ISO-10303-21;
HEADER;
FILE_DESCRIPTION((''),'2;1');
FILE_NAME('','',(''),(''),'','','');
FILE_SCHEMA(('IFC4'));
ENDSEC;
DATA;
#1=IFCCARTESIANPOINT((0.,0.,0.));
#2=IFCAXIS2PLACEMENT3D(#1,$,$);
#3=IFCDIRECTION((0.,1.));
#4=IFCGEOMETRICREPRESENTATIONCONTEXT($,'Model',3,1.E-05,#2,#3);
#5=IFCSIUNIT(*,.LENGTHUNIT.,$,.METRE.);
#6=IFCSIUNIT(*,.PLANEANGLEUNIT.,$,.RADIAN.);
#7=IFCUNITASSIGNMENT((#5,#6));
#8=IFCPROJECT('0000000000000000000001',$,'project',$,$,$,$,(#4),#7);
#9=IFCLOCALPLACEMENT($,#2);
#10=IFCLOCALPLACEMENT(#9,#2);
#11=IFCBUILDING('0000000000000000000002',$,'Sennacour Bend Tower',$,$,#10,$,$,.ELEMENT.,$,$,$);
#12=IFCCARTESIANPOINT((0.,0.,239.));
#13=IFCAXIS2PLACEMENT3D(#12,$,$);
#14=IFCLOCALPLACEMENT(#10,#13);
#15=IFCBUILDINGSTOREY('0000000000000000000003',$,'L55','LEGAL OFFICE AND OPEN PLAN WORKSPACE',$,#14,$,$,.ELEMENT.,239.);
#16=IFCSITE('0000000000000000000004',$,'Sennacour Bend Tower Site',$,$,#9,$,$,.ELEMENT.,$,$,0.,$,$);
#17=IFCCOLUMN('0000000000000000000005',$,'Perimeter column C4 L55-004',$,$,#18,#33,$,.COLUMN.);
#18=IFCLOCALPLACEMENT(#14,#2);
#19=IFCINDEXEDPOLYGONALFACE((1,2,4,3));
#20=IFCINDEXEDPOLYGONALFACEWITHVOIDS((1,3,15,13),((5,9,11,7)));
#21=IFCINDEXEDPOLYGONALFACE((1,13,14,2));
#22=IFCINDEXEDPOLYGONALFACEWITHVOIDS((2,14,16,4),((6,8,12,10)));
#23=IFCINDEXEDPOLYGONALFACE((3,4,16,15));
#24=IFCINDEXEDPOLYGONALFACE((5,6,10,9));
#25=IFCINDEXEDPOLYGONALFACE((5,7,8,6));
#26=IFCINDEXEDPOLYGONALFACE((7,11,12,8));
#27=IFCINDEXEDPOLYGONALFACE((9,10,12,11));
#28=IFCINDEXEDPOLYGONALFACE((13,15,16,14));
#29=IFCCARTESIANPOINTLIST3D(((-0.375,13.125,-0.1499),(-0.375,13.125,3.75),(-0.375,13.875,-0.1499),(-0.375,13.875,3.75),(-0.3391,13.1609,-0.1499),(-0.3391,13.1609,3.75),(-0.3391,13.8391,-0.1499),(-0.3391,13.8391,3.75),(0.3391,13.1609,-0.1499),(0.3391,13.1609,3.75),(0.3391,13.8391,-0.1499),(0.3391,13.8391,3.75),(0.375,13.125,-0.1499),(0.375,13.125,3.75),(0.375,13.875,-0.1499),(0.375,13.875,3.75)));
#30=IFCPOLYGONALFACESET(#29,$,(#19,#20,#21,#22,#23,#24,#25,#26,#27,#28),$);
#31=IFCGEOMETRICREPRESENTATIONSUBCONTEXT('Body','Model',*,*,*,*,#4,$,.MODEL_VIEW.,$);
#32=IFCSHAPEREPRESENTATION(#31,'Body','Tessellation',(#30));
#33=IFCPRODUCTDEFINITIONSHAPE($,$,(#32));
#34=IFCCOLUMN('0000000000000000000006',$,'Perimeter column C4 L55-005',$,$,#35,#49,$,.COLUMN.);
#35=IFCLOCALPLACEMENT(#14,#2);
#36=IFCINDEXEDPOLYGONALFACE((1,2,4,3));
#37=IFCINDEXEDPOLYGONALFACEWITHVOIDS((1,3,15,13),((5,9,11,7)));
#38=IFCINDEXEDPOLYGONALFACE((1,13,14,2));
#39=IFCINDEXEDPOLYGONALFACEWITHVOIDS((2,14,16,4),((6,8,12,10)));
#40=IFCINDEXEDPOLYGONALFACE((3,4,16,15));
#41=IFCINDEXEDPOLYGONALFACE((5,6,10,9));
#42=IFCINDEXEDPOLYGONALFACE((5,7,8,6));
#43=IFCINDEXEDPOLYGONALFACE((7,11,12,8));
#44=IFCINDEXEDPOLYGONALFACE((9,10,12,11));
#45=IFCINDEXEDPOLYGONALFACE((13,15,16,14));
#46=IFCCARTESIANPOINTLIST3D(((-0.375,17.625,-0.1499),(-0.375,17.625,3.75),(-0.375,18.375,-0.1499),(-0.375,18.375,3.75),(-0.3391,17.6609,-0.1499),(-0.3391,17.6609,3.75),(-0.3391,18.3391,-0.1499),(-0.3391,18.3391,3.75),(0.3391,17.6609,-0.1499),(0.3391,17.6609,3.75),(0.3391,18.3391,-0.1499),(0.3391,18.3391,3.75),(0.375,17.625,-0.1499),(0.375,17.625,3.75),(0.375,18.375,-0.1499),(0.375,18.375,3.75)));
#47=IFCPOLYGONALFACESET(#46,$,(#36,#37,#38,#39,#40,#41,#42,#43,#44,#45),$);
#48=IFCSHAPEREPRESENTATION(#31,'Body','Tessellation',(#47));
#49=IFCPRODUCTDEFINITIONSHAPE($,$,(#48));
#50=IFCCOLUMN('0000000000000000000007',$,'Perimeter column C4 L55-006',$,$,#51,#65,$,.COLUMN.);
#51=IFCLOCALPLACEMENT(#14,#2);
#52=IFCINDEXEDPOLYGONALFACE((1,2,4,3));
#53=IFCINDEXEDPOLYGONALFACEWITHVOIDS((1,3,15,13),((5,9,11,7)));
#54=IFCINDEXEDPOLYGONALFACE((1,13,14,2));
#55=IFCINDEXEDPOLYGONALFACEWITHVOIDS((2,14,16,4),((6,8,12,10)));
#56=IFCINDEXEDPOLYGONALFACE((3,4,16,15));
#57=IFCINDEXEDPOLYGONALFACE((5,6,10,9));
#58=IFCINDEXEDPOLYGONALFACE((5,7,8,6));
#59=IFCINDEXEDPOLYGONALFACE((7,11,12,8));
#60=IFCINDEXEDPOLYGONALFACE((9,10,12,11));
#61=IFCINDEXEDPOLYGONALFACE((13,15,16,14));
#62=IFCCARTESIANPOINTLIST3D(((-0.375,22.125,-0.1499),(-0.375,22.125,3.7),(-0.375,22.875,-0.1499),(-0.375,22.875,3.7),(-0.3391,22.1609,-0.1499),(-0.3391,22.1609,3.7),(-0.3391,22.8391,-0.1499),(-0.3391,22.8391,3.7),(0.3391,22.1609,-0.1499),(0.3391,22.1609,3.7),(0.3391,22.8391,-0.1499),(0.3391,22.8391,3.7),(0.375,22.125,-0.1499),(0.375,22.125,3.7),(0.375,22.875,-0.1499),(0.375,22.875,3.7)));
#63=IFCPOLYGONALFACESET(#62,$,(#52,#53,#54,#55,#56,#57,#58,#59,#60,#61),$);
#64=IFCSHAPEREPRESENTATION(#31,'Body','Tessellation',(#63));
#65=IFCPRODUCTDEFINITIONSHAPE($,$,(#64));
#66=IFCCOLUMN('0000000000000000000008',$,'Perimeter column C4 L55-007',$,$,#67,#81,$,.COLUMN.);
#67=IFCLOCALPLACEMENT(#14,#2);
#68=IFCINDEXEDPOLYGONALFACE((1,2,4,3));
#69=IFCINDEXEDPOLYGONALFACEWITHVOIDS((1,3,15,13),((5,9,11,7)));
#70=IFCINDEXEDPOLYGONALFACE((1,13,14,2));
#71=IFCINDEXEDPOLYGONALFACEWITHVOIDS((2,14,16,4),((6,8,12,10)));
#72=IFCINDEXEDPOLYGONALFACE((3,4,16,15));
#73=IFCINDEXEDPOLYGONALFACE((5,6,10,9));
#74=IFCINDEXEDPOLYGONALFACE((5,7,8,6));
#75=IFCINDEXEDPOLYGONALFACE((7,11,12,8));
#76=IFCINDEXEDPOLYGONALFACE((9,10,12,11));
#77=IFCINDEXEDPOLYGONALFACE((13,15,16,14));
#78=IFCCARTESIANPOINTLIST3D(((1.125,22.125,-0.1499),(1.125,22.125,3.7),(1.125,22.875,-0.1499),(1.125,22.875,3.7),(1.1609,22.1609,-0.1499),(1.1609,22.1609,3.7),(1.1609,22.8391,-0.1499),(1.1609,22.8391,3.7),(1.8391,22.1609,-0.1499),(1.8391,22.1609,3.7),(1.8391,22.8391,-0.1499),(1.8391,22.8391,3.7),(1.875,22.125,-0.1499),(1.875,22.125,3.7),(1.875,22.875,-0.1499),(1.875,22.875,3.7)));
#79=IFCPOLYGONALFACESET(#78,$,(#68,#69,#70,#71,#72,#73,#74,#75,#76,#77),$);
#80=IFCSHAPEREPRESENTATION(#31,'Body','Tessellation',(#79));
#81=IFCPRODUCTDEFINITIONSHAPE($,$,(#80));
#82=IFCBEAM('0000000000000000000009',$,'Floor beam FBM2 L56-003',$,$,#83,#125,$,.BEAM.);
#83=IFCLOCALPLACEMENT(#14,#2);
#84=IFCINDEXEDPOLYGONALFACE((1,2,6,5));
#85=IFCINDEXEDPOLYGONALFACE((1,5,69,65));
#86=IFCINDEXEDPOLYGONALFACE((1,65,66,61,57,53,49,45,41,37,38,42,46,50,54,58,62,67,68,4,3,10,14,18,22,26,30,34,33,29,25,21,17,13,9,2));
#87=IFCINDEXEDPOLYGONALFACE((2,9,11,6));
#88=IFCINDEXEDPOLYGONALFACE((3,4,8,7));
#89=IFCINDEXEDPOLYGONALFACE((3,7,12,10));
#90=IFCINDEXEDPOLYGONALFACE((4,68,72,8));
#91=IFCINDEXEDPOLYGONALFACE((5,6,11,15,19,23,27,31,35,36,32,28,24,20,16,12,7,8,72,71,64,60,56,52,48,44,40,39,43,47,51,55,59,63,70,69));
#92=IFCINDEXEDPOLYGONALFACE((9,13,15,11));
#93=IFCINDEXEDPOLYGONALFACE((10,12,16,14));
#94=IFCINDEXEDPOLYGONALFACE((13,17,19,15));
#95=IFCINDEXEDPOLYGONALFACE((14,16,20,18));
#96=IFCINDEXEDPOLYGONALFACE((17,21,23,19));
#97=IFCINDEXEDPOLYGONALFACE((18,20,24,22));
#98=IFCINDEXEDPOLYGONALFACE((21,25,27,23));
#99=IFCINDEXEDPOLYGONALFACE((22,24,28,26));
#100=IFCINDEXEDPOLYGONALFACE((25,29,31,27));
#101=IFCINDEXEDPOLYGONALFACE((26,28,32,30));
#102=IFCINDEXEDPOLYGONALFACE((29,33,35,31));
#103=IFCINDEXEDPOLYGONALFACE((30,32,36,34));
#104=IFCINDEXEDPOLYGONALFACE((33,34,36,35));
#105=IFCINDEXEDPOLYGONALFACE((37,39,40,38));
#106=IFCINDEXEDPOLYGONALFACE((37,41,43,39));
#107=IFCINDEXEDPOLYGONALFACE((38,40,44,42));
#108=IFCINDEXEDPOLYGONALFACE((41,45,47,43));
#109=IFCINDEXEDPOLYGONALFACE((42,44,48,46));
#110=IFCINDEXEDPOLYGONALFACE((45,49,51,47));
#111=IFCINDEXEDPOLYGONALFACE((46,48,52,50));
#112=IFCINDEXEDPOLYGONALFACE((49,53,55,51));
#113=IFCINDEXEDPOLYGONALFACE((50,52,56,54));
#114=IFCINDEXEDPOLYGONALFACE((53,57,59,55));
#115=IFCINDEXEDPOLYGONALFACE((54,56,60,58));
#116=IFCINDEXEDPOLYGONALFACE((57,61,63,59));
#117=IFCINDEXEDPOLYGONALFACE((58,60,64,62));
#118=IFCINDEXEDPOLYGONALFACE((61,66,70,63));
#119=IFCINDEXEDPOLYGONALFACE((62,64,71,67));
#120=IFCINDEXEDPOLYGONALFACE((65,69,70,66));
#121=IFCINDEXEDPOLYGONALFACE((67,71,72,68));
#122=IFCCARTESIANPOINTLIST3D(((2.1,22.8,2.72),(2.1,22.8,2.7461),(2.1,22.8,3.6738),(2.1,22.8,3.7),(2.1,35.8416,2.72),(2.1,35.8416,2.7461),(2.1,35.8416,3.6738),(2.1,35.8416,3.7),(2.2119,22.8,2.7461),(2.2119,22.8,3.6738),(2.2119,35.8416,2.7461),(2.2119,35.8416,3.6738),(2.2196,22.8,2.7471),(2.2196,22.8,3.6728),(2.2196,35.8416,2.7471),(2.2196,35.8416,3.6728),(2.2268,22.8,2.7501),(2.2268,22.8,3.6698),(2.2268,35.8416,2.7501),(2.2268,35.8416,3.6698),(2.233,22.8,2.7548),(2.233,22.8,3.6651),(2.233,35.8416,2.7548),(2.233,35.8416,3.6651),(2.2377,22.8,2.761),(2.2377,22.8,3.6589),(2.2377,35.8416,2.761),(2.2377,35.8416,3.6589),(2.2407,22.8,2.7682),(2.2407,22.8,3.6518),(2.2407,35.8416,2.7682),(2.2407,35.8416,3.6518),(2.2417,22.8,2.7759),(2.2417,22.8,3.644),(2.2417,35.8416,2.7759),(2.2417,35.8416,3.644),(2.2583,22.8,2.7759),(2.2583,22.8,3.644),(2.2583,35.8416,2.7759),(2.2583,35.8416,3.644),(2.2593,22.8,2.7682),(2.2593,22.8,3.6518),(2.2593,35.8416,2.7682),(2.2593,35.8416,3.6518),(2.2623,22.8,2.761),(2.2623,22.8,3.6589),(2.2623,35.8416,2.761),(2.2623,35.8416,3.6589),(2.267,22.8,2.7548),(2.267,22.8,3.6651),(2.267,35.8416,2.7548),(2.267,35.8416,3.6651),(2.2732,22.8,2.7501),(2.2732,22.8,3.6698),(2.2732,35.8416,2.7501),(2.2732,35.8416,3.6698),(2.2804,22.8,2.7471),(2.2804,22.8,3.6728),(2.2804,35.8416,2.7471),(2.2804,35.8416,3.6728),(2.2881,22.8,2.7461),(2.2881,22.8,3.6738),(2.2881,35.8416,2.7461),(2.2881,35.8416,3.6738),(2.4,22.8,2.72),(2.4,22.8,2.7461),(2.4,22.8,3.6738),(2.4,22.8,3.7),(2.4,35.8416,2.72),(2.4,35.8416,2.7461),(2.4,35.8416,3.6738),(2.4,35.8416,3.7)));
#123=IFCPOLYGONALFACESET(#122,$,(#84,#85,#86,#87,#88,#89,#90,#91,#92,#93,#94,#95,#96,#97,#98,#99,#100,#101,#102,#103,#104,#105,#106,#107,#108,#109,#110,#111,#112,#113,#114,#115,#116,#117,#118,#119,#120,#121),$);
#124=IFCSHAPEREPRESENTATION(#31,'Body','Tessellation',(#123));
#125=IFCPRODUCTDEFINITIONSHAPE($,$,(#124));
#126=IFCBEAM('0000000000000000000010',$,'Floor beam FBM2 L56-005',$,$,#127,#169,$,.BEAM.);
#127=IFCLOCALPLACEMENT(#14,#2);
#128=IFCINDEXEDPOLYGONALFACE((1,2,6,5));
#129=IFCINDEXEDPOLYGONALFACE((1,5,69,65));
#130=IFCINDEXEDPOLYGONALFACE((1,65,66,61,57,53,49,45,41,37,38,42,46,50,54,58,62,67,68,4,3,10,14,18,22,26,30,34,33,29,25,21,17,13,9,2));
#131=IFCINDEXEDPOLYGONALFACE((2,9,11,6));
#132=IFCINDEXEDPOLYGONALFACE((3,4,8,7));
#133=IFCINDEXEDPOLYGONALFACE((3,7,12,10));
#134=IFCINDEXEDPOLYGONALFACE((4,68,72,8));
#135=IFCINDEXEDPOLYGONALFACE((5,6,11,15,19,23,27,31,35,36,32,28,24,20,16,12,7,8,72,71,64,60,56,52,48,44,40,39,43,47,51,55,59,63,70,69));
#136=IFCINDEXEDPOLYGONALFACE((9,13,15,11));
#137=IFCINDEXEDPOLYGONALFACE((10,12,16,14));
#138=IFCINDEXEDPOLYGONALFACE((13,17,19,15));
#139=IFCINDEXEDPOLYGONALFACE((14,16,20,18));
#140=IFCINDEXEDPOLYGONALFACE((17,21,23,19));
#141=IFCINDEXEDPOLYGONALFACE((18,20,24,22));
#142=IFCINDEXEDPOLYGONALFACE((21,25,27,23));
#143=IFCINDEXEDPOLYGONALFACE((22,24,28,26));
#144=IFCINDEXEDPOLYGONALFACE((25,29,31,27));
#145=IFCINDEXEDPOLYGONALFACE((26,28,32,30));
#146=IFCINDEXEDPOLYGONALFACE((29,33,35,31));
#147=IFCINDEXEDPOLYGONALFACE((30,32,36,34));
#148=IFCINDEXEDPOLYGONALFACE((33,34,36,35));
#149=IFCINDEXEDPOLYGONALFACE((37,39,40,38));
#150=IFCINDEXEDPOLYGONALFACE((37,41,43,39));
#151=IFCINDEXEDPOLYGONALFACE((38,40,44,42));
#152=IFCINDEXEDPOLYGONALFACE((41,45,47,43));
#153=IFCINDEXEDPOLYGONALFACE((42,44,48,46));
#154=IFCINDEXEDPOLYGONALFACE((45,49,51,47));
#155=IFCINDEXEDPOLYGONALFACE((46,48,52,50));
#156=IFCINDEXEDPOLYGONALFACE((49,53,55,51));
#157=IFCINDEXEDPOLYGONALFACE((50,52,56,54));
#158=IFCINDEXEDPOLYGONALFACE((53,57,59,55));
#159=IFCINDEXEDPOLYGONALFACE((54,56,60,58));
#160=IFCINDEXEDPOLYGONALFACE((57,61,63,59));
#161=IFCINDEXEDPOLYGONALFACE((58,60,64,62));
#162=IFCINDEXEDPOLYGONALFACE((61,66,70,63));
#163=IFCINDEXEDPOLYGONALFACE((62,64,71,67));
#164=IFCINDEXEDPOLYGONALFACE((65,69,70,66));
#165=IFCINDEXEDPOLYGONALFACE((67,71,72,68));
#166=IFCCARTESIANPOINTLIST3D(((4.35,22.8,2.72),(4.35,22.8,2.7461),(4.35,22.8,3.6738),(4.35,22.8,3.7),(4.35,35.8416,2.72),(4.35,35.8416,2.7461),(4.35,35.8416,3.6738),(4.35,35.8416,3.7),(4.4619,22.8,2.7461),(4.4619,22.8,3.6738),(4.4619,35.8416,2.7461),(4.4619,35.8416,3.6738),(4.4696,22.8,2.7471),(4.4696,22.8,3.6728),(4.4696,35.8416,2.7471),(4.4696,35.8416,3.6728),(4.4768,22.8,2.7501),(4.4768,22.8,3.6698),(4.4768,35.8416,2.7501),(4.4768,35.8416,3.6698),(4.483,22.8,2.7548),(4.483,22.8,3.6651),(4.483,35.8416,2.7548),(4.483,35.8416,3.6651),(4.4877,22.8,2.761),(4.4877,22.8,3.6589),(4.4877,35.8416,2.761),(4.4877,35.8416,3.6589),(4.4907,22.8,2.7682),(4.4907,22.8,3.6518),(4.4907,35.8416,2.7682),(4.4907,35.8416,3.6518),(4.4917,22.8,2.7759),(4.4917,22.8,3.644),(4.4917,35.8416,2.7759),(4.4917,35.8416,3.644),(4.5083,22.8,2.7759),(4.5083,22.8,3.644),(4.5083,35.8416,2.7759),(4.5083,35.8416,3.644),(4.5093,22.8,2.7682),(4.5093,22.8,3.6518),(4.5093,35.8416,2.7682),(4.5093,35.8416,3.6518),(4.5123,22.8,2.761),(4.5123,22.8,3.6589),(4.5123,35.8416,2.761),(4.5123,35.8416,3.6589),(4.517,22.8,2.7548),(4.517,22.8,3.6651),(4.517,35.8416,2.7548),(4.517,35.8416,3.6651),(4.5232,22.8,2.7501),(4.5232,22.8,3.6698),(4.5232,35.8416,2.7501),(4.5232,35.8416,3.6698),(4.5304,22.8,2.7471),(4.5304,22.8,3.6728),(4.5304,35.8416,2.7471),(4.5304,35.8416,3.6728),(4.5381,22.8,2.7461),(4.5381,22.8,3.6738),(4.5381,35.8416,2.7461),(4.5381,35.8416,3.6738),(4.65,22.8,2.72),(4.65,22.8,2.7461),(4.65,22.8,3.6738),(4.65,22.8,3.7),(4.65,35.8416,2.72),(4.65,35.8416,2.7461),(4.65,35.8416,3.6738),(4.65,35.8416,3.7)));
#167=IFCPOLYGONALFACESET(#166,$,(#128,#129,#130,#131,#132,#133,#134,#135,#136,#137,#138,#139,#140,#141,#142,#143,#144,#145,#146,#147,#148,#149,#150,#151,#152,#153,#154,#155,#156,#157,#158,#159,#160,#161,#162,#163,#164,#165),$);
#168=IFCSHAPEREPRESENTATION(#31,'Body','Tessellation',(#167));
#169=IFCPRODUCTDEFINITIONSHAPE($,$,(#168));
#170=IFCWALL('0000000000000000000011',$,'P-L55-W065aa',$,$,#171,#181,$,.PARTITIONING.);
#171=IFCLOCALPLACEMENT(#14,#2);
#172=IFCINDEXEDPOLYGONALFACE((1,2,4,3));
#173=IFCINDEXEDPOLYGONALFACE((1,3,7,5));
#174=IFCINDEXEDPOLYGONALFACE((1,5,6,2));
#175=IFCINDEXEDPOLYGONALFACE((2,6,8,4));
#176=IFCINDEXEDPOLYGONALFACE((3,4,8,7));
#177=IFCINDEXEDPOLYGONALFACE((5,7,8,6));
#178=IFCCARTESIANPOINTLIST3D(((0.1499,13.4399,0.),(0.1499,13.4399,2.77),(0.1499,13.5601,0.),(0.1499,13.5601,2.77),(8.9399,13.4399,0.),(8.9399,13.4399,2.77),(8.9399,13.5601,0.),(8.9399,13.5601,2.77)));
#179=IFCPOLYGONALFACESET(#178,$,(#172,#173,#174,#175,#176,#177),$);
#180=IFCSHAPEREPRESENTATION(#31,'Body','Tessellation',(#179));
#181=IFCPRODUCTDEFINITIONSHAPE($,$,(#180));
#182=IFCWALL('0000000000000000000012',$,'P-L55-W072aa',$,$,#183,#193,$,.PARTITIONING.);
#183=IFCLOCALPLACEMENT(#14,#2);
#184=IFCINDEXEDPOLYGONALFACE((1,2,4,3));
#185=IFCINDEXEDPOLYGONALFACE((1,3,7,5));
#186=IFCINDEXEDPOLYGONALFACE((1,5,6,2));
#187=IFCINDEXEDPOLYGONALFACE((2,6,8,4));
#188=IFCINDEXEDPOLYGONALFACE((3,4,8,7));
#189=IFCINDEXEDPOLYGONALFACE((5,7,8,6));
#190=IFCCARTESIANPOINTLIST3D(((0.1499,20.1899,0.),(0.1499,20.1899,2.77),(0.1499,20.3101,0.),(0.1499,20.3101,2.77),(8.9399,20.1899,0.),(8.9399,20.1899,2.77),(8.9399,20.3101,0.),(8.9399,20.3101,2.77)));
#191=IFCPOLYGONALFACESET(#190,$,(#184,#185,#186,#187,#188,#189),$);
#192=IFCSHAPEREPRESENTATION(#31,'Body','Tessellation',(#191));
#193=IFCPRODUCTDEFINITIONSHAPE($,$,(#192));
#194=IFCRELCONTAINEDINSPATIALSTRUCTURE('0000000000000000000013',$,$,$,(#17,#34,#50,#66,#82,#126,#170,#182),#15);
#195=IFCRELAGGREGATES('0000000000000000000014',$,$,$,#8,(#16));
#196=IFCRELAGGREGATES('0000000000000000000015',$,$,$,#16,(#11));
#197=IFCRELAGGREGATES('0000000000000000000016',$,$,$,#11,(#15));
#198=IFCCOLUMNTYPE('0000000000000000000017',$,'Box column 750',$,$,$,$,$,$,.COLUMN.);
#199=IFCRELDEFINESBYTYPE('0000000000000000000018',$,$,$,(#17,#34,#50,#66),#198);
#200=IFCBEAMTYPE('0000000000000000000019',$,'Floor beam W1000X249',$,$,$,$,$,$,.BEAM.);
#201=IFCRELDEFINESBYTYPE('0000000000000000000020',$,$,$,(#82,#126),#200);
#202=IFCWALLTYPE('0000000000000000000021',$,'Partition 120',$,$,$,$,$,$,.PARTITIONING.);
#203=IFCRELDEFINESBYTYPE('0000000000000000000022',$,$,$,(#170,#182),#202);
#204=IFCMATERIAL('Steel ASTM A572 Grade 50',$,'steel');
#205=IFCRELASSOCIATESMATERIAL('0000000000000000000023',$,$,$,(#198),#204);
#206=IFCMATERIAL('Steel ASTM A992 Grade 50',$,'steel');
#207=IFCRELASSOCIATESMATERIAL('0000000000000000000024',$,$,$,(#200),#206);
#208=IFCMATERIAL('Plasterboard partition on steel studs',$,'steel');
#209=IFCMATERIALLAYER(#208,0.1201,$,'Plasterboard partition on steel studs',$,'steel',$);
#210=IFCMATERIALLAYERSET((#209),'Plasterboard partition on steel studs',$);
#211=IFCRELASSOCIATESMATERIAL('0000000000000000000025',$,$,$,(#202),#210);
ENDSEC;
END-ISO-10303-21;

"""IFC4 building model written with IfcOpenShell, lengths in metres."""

from ifc_helpers import new_model, si_unit, direction, frame, frame_2d, origin, origin_2d, place, context, subcontext, project, spatial, rectangle, hollow_rectangle, i_section, extrude, material, layer, layer_set, material_profile, profile_set, type_object, element, save


model = new_model("IFC4")

# Units and contexts
model_context = context("Model", 3, precision=1e-05, world=origin(), true_north=direction((0.0, 1.0)))
body_context = subcontext(model_context, "Body", "Model", "MODEL_VIEW")
ifc_project = project(units=[si_unit("LENGTHUNIT", "METRE"), si_unit("PLANEANGLEUNIT", "RADIAN")], contexts=[model_context])

# Site, building, storey
site_placement = place(None, origin())
site = spatial("IfcSite", under=ifc_project, at=site_placement, Name="Sennacour Bend Tower Site", CompositionType="ELEMENT", RefElevation=0.0)
building_placement = place(site_placement, origin())
building = spatial("IfcBuilding", under=site, at=building_placement, Name="Sennacour Bend Tower", CompositionType="ELEMENT")
storey_placement = place(building_placement, frame((0.0, 0.0, 239.0)))
storey = spatial("IfcBuildingStorey", under=building, at=storey_placement, Name="L55", Description="LEGAL OFFICE AND OPEN PLAN WORKSPACE", CompositionType="ELEMENT", Elevation=239.0)

# Columns
ifc_material_1 = material(Name="Steel ASTM A572 Grade 50", Category="steel")
ifc_material_profile_1 = material_profile(ifc_material_1, hollow_rectangle(XDim=0.75, YDim=0.75, WallThickness=0.0359, at=origin_2d()), Name="Steel ASTM A572 Grade 50", Category="steel")
ifc_profile_set_1 = profile_set([ifc_material_profile_1], Name="Steel ASTM A572 Grade 50")
column_type = type_object("IfcColumnType", Name="Box column 750", PredefinedType="COLUMN", material=ifc_profile_set_1)
for number, where, z_axis, x_axis, name in (
    (1, (0.0, 13.5, -0.1499), (0.0, 0.0, 1.0), (1.0, 0.0, 0.0), "Perimeter column C4 L55-004"),
    (2, (0.0, 18.0, -0.1499), (0.0, 0.0, 1.0), (1.0, 0.0, 0.0), "Perimeter column C4 L55-005"),
):
    element("IfcColumn", number, at=place(storey_placement, frame(where, z_axis=z_axis, x_axis=x_axis)), inside=storey, type_object=column_type, Name=name, PredefinedType="COLUMN", context=body_context, shape_type="SweptSolid", body=[
        extrude(hollow_rectangle(XDim=0.75, YDim=0.75, WallThickness=0.0359, at=origin_2d()), origin(), (0.0, 0.0, 1.0), 3.8999),
    ])
for number, where, z_axis, x_axis, name in (
    (3, (0.0, 22.5, -0.1499), (0.0, 0.0, 1.0), (1.0, 0.0, 0.0), "Perimeter column C4 L55-006"),
    (4, (1.5, 22.5, -0.1499), (0.0, 0.0, 1.0), (1.0, 0.0, 0.0), "Perimeter column C4 L55-007"),
):
    element("IfcColumn", number, at=place(storey_placement, frame(where, z_axis=z_axis, x_axis=x_axis)), inside=storey, type_object=column_type, Name=name, PredefinedType="COLUMN", context=body_context, shape_type="SweptSolid", body=[
        extrude(hollow_rectangle(XDim=0.75, YDim=0.75, WallThickness=0.0359, at=origin_2d()), origin(), (0.0, 0.0, 1.0), 3.8499),
    ])

# Beams
ifc_material_2 = material(Name="Steel ASTM A992 Grade 50", Category="steel")
ifc_material_profile_2 = material_profile(ifc_material_2, i_section(OverallWidth=0.3, OverallDepth=0.98, WebThickness=0.0166, FlangeThickness=0.0261, FilletRadius=0.0298, at=origin_2d()), Name="Steel ASTM A992 Grade 50", Category="steel")
ifc_profile_set_2 = profile_set([ifc_material_profile_2], Name="Steel ASTM A992 Grade 50")
beam_type = type_object("IfcBeamType", Name="Floor beam W1000X249", PredefinedType="BEAM", material=ifc_profile_set_2)
for number, where, z_axis, x_axis, name in (
    (5, (2.25, 22.8, 3.21), (0.0, 1.0, 0.0), (-1.0, 0.0, 0.0), "Floor beam FBM2 L56-003"),
    (6, (4.5, 22.8, 3.21), (0.0, 1.0, 0.0), (-1.0, 0.0, 0.0), "Floor beam FBM2 L56-005"),
):
    element("IfcBeam", number, at=place(storey_placement, frame(where, z_axis=z_axis, x_axis=x_axis)), inside=storey, type_object=beam_type, Name=name, PredefinedType="BEAM", context=body_context, shape_type="SweptSolid", body=[
        extrude(i_section(OverallWidth=0.3, OverallDepth=0.98, WebThickness=0.0166, FlangeThickness=0.0261, FilletRadius=0.0298, at=origin_2d()), origin(), (0.0, 0.0, 1.0), 13.0415),
    ])

# Walls
ifc_material_3 = material(Name="Plasterboard partition on steel studs", Category="steel")
ifc_layer_1 = layer(ifc_material_3, 0.1201, Name="Plasterboard partition on steel studs", Category="steel")
ifc_layer_set_1 = layer_set([ifc_layer_1], Name="Plasterboard partition on steel studs")
wall_type_1 = type_object("IfcWallType", Name="Partition 120", PredefinedType="PARTITIONING", material=ifc_layer_set_1)
for number, where, z_axis, x_axis, name in (
    (7, (0.1499, 13.5, 0.0), (0.0, 0.0, 1.0), (1.0, 0.0, 0.0), "P-L55-W065aa"),
    (8, (0.1499, 20.25, 0.0), (0.0, 0.0, 1.0), (1.0, 0.0, 0.0), "P-L55-W072aa"),
):
    element("IfcWall", number, at=place(storey_placement, frame(where, z_axis=z_axis, x_axis=x_axis)), inside=storey, type_object=wall_type_1, Name=name, PredefinedType="PARTITIONING", context=body_context, shape_type="SweptSolid", body=[
        extrude(rectangle(XDim=8.79, YDim=0.1201, at=frame_2d((4.395, 0.0))), origin(), (0.0, 0.0, 1.0), 2.77),
    ])

save(model, "model.ifc")
